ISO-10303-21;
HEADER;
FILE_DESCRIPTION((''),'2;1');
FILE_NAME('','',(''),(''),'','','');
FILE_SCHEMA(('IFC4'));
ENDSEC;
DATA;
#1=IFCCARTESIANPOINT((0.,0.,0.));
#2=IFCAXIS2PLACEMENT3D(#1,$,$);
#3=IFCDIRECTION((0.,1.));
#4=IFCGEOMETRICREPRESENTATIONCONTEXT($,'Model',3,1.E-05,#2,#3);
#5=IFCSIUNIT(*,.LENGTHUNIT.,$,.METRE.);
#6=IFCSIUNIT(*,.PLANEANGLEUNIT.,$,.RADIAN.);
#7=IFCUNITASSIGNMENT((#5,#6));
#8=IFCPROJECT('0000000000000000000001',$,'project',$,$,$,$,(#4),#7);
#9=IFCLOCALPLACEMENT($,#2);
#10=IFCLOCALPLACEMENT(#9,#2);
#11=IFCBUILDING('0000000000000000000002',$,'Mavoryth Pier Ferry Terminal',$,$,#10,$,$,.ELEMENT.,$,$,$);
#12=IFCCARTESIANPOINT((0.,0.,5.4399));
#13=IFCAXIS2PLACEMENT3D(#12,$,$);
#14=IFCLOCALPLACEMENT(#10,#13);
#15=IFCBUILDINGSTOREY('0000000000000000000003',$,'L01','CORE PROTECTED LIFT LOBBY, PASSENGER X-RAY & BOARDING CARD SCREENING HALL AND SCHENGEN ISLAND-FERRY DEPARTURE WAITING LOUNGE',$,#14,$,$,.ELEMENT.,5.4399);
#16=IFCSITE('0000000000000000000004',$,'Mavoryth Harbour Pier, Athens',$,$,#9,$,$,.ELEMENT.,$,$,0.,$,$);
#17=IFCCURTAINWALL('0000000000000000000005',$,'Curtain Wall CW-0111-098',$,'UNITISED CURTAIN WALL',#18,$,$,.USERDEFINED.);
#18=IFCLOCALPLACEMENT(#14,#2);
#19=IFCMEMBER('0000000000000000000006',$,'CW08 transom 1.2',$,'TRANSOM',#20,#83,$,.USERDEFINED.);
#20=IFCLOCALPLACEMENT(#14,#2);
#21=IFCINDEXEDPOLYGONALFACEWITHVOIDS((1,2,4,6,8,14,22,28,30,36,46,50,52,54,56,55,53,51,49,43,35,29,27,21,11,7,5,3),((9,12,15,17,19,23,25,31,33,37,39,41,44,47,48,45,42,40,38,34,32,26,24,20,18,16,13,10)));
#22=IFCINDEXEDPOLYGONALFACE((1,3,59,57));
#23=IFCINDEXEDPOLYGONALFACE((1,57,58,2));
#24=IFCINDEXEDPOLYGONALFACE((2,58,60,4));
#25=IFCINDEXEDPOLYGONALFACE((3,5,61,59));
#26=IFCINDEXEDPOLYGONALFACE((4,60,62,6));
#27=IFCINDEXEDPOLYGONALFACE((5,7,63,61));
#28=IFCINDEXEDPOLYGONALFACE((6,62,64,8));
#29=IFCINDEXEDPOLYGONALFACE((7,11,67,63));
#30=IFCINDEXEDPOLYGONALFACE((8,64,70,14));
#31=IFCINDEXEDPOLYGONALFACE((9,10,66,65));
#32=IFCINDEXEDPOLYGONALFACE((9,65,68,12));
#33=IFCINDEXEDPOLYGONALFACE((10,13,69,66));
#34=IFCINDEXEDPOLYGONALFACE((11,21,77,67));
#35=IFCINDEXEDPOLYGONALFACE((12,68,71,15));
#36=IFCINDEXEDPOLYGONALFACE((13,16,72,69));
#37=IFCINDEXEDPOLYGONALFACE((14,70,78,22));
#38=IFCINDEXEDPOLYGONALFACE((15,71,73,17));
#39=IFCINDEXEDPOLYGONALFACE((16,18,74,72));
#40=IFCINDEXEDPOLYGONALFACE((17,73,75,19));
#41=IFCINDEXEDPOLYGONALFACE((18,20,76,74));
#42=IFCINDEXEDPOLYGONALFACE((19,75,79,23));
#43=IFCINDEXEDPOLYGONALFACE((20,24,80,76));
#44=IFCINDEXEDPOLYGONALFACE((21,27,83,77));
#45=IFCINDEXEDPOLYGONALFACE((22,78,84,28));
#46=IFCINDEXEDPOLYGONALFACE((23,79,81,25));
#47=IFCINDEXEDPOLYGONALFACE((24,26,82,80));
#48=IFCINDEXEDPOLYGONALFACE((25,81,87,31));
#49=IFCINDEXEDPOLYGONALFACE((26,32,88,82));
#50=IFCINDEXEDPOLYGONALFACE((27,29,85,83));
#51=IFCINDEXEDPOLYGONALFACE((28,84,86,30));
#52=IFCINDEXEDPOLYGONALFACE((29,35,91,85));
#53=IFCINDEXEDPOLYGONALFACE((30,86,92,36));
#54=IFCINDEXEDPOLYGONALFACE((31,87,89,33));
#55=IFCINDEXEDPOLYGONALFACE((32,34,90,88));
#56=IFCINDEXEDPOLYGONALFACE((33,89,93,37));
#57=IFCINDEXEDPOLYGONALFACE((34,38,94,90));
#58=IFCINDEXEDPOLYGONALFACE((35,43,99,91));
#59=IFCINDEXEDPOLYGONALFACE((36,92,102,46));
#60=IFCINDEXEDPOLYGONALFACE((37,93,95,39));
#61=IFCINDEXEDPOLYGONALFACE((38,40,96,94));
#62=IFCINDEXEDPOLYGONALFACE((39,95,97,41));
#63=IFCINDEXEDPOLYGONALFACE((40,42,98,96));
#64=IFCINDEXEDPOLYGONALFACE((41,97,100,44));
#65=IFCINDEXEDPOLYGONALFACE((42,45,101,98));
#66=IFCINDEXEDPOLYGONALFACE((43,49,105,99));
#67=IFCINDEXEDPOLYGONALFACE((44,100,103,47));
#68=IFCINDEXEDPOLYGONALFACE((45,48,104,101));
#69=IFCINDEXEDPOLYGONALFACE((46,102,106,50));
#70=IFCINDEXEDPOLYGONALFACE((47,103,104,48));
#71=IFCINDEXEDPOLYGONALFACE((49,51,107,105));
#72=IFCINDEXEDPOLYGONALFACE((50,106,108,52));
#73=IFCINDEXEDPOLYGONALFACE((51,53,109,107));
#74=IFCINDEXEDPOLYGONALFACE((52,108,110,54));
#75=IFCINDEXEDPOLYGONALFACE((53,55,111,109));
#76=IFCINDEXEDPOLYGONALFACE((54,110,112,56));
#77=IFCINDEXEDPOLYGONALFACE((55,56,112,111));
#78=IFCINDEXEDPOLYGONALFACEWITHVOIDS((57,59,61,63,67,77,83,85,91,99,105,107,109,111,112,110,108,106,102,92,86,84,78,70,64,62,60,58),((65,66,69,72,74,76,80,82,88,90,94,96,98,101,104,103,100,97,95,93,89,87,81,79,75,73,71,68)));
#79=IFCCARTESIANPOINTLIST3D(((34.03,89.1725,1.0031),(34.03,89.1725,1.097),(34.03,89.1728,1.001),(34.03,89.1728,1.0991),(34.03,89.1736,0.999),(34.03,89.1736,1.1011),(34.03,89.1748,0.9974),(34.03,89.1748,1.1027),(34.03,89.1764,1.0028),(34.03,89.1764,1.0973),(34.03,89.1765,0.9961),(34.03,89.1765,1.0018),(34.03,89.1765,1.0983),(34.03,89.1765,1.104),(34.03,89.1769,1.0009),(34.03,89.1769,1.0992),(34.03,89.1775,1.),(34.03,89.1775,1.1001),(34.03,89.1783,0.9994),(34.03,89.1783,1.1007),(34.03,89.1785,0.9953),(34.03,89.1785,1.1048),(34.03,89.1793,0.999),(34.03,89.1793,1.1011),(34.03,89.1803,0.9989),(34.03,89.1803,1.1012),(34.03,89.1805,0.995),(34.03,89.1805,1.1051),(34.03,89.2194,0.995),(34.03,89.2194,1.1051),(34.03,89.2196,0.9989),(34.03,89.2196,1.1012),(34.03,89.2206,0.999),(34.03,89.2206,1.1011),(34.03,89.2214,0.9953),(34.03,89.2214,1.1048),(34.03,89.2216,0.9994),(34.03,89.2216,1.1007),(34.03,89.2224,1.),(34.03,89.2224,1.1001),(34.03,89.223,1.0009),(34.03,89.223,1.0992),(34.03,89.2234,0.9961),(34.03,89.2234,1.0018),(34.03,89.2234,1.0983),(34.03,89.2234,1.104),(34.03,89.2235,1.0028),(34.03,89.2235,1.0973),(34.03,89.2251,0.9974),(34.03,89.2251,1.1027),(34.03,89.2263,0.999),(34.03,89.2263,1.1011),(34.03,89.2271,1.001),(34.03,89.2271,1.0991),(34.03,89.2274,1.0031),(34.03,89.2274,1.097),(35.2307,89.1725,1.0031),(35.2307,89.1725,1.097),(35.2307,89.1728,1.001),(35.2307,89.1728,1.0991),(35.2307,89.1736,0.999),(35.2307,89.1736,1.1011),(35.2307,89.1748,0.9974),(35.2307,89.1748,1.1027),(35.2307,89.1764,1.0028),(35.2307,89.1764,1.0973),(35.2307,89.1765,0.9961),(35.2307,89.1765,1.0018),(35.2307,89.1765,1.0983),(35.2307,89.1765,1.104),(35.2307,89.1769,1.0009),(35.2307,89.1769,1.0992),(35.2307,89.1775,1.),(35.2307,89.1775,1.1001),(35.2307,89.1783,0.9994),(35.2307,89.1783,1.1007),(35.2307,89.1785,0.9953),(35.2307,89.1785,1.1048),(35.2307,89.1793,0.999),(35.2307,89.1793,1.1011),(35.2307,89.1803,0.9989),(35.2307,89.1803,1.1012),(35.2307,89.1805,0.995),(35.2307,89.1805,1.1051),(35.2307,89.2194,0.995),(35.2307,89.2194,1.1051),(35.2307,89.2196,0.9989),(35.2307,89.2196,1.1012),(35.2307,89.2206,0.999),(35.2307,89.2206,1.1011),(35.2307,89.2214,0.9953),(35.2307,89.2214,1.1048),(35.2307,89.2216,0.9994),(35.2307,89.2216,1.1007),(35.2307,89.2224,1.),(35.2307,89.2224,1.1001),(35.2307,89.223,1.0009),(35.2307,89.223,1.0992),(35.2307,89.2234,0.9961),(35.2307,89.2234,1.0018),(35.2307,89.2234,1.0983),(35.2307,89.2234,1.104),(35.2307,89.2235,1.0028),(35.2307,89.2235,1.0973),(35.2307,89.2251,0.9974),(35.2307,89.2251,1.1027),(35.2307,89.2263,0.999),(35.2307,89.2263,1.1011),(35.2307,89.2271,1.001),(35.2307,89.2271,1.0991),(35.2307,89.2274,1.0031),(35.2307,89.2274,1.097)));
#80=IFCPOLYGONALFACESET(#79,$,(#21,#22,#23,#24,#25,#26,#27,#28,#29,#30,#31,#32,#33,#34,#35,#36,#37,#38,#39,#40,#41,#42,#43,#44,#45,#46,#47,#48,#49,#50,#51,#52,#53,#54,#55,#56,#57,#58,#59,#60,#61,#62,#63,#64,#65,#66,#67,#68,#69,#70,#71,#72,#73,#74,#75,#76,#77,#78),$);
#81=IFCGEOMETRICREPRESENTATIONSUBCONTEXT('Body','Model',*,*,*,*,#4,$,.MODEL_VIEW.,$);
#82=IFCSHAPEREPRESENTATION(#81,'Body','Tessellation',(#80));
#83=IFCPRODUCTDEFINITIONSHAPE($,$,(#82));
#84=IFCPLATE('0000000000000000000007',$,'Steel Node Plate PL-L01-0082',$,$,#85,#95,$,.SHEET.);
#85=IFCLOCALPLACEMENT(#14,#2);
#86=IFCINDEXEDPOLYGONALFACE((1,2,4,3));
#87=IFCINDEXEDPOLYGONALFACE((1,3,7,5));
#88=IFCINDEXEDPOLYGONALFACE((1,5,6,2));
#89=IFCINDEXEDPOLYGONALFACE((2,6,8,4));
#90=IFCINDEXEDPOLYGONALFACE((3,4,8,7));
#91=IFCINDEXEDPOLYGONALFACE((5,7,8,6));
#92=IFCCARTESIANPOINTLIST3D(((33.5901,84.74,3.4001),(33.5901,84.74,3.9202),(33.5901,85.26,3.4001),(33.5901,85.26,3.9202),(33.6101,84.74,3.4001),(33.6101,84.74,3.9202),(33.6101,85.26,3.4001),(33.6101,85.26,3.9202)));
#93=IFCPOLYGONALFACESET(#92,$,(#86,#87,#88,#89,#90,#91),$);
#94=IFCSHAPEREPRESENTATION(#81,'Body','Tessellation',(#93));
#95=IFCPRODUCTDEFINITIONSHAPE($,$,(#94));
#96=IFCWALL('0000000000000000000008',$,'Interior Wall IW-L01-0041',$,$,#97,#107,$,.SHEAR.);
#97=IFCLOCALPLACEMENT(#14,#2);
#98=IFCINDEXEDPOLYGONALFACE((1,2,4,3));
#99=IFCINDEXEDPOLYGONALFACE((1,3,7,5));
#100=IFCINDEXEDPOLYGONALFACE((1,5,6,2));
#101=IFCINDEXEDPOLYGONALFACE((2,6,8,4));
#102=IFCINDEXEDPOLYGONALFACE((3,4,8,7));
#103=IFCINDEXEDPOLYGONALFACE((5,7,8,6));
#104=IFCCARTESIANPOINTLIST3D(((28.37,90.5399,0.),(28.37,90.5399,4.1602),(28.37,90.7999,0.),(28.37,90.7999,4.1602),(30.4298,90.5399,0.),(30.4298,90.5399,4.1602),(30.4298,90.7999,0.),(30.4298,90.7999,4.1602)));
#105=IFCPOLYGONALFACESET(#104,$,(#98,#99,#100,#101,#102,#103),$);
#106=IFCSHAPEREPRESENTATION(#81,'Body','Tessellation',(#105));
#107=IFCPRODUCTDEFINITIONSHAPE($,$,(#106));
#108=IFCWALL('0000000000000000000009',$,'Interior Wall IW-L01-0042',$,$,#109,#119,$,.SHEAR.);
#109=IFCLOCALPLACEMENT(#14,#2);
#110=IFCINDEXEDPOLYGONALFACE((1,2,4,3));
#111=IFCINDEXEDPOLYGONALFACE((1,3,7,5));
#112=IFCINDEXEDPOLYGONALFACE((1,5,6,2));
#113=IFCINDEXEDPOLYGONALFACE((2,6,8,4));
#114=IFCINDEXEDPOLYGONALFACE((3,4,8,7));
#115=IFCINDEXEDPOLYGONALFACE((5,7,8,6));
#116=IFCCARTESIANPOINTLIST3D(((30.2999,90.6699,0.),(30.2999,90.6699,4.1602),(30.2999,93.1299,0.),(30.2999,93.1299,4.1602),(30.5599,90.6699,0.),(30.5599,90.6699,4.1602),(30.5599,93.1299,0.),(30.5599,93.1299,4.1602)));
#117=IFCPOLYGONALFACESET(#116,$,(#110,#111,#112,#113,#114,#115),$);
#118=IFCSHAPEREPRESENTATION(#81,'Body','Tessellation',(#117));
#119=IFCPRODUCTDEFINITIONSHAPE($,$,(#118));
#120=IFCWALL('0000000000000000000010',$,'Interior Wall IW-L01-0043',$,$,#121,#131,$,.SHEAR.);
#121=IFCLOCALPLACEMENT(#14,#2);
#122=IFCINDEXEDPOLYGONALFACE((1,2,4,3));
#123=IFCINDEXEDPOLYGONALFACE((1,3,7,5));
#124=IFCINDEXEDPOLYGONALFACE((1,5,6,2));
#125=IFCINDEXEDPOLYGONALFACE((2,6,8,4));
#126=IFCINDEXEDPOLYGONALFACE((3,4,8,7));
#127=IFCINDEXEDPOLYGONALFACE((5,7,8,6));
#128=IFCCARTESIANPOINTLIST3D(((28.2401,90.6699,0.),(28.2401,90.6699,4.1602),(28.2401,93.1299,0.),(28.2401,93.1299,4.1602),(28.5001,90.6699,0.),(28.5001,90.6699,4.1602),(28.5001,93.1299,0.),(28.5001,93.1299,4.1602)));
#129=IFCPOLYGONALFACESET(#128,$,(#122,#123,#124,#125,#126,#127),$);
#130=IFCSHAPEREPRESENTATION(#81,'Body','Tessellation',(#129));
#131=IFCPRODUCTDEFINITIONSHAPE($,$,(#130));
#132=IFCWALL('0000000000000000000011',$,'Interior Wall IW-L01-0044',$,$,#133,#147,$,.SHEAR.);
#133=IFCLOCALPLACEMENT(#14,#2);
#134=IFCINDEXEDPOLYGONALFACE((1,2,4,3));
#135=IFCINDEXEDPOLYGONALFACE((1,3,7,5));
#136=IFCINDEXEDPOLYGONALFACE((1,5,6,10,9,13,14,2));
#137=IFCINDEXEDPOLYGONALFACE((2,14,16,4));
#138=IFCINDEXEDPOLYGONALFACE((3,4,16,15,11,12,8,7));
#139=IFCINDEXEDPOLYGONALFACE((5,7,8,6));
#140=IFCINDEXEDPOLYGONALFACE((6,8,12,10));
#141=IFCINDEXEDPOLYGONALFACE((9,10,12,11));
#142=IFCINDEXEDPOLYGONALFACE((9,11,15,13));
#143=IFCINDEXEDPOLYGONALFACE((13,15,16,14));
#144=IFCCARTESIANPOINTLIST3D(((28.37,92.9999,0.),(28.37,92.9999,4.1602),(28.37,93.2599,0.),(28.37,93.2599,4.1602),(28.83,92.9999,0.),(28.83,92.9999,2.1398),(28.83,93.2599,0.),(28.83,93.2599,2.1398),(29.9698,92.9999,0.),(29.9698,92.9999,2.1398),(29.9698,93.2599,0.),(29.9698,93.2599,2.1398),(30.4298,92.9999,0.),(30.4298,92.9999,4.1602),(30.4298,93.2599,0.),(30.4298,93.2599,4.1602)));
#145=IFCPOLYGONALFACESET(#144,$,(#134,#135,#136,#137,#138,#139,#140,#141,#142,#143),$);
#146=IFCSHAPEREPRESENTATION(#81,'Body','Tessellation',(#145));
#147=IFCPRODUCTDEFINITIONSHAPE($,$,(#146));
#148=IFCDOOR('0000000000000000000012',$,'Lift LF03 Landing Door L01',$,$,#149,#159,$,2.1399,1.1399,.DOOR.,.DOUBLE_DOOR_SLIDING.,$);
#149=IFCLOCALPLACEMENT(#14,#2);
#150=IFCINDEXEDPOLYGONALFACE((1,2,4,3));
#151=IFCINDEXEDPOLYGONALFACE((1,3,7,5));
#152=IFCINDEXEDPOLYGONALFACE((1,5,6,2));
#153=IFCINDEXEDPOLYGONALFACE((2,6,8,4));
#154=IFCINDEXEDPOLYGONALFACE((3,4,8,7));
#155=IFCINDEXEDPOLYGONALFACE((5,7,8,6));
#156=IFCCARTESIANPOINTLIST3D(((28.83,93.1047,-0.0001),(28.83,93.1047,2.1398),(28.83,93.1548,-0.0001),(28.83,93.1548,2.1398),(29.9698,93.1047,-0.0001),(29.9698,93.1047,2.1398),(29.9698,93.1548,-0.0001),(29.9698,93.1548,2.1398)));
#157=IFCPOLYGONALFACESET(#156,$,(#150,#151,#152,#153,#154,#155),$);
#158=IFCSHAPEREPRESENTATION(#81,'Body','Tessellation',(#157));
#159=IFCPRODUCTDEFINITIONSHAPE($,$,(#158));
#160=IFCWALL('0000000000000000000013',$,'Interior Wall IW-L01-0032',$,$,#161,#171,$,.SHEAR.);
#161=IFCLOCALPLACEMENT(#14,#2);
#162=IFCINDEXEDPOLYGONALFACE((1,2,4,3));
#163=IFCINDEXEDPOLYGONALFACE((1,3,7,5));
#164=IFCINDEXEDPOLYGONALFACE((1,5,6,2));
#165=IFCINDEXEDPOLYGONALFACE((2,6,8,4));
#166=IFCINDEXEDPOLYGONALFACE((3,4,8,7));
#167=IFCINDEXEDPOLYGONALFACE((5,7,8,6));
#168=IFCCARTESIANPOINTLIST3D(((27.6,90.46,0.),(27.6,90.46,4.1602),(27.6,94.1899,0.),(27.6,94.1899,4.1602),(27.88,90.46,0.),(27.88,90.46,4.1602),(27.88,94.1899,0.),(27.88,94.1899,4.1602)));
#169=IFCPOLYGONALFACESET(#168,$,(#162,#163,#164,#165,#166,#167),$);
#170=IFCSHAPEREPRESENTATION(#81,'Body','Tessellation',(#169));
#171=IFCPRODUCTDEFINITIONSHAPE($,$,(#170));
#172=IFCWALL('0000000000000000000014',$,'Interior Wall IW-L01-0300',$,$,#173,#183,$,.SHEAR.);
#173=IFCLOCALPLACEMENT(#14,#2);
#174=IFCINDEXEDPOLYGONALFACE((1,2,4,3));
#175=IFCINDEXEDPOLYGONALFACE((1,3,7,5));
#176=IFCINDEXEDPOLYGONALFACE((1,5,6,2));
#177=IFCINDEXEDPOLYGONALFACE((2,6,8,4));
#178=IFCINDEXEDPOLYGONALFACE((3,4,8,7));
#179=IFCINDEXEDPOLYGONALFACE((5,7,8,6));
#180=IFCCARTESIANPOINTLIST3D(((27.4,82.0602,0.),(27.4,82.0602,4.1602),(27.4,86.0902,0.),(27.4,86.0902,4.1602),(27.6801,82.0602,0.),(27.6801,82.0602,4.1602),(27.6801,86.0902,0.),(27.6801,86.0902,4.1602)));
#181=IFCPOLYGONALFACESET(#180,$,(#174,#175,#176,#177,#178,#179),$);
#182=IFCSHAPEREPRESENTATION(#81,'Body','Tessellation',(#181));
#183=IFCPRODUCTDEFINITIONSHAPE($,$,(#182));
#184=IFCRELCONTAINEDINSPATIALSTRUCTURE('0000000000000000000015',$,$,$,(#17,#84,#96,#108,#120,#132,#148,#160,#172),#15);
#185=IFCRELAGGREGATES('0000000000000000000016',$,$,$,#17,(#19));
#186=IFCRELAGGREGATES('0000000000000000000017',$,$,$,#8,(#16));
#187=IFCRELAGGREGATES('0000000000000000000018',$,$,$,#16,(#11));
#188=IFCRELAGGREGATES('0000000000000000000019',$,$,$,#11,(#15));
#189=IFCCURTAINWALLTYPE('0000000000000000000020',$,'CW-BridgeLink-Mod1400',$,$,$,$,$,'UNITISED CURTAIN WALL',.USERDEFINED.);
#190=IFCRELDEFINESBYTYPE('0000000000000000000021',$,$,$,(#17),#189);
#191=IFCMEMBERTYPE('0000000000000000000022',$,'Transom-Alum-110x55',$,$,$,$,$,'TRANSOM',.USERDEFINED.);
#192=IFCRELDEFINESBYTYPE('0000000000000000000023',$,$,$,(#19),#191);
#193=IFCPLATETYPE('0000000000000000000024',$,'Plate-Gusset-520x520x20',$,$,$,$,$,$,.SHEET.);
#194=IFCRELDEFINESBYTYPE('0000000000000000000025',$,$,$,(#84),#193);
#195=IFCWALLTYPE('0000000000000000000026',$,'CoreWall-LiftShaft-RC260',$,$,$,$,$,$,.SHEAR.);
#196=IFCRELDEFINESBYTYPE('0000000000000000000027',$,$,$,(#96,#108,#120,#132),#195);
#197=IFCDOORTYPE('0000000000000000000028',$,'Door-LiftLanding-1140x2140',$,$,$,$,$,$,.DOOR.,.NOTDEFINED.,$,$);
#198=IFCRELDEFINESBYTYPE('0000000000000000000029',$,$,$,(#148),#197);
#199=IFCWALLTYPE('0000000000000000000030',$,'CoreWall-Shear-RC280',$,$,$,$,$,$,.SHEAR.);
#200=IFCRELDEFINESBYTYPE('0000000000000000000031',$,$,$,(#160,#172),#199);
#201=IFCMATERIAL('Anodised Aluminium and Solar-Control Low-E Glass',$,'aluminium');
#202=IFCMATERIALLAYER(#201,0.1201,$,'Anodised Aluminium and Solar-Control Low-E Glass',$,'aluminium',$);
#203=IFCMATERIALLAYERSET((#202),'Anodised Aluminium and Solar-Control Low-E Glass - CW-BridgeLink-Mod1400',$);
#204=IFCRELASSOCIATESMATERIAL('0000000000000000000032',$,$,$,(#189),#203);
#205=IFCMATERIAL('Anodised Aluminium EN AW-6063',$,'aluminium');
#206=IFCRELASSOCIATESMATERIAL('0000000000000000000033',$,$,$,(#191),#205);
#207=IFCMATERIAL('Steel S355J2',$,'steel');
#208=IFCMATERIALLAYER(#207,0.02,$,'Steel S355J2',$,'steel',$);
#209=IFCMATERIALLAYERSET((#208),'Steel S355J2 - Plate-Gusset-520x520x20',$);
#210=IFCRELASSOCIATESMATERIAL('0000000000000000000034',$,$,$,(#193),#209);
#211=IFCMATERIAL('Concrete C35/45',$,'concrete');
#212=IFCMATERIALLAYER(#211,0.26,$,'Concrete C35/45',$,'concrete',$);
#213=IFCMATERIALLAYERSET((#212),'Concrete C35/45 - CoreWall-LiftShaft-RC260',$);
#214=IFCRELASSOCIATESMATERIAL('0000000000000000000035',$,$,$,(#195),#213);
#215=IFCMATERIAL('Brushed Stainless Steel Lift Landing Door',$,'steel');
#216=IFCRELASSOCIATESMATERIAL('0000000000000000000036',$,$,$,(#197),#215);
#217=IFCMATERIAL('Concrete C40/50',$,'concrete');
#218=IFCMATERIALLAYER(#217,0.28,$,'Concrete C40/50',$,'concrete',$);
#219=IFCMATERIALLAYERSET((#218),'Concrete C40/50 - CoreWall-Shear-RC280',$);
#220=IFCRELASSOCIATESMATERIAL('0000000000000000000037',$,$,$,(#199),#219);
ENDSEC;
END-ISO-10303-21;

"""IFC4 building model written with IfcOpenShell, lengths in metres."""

from ifc_helpers import new_model, si_unit, direction, frame, frame_2d, origin, origin_2d, place, context, subcontext, project, spatial, rectangle, hollow_rectangle, extrude, material, layer, layer_set, material_profile, profile_set, type_object, element, fill, aggregate, save


model = new_model("IFC4")

# Units and contexts
model_context = context("Model", 3, precision=1e-05, world=origin(), true_north=direction((0.0, 1.0)))
body_context = subcontext(model_context, "Body", "Model", "MODEL_VIEW")
ifc_project = project(units=[si_unit("LENGTHUNIT", "METRE"), si_unit("PLANEANGLEUNIT", "RADIAN")], contexts=[model_context])

# Site, building, storey
site_placement = place(None, origin())
site = spatial("IfcSite", under=ifc_project, at=site_placement, Name="Mavoryth Harbour Pier, Athens", CompositionType="ELEMENT", RefElevation=0.0)
building_placement = place(site_placement, origin())
building = spatial("IfcBuilding", under=site, at=building_placement, Name="Mavoryth Pier Ferry Terminal", CompositionType="ELEMENT")
storey_placement = place(building_placement, frame((0.0, 0.0, 5.4399)))
storey = spatial("IfcBuildingStorey", under=building, at=storey_placement, Name="L01", Description="CORE PROTECTED LIFT LOBBY, PASSENGER X-RAY & BOARDING CARD SCREENING HALL AND SCHENGEN ISLAND-FERRY DEPARTURE WAITING LOUNGE", CompositionType="ELEMENT", Elevation=5.4399)

# Shared definitions
ifc_material_1 = material(Name="Concrete C40/50", Category="concrete")

# Shared definitions
ifc_material_2 = material(Name="Steel S355J2", Category="steel")

# Curtain wall
ifc_material_3 = material(Name="Anodised Aluminium and Solar-Control Low-E Glass", Category="aluminium")
ifc_layer_1 = layer(ifc_material_3, 0.1201, Name="Anodised Aluminium and Solar-Control Low-E Glass", Category="aluminium")
ifc_layer_set_1 = layer_set([ifc_layer_1], Name="Anodised Aluminium and Solar-Control Low-E Glass - CW-BridgeLink-Mod1400")
curtain_wall_type = type_object("IfcCurtainWallType", Name="CW-BridgeLink-Mod1400", ElementType="UNITISED CURTAIN WALL", PredefinedType="USERDEFINED", material=ifc_layer_set_1)
curtain_wall_placement = place(storey_placement, origin())
curtain_wall = element("IfcCurtainWall", 1, at=curtain_wall_placement, inside=storey, type_object=curtain_wall_type, Name="Curtain Wall CW-0111-098", ObjectType="UNITISED CURTAIN WALL", PredefinedType="USERDEFINED")
ifc_material_4 = material(Name="Anodised Aluminium EN AW-6063", Category="aluminium")

# Member
ifc_material_profile_1 = material_profile(ifc_material_4, hollow_rectangle(XDim=0.0549, YDim=0.1101, WallThickness=0.0039, InnerFilletRadius=0.0039, OuterFilletRadius=0.0081, at=origin_2d()), Name="AL-TRAN 110x55x4", Category="aluminium")
ifc_profile_set_1 = profile_set([ifc_material_profile_1], Name="Anodised Aluminium EN AW-6063 - AL-TRAN 110x55x4")
member_type_1 = type_object("IfcMemberType", Name="Transom-Alum-110x55", ElementType="TRANSOM", PredefinedType="USERDEFINED", material=ifc_profile_set_1)
member_1_placement = place(storey_placement, frame((34.03, 89.2, 1.05), z_axis=(1.0, 0.0, 0.0), x_axis=(0.0, 1.0, 0.0)))
member_1 = element("IfcMember", 2, at=member_1_placement, type_object=member_type_1, Name="CW08 transom 1.2", ObjectType="TRANSOM", PredefinedType="USERDEFINED", context=body_context, shape_type="SweptSolid", body=[
    extrude(hollow_rectangle(XDim=0.0549, YDim=0.1101, WallThickness=0.0039, InnerFilletRadius=0.0039, OuterFilletRadius=0.0081, at=origin_2d()), origin(), (0.0, 0.0, 1.0), 1.2007),
])
aggregate(curtain_wall, [member_1])

# Plate
ifc_layer_2 = layer(ifc_material_2, 0.02, Name="Steel S355J2", Category="steel")
ifc_layer_set_2 = layer_set([ifc_layer_2], Name="Steel S355J2 - Plate-Gusset-520x520x20")
plate_type = type_object("IfcPlateType", Name="Plate-Gusset-520x520x20", PredefinedType="SHEET", material=ifc_layer_set_2)
plate_placement = place(storey_placement, frame((33.6001, 85.0, 3.4001), z_axis=(0.0, 0.0, 1.0), x_axis=(0.0, 1.0, 0.0)))
element("IfcPlate", 3, at=plate_placement, inside=storey, type_object=plate_type, Name="Steel Node Plate PL-L01-0082", PredefinedType="SHEET", context=body_context, shape_type="SweptSolid", body=[
    extrude(rectangle(XDim=0.52, YDim=0.02, at=origin_2d()), origin(), (0.0, 0.0, 1.0), 0.52),
])

# Walls
ifc_material_5 = material(Name="Concrete C35/45", Category="concrete")
ifc_layer_3 = layer(ifc_material_5, 0.26, Name="Concrete C35/45", Category="concrete")
ifc_layer_set_3 = layer_set([ifc_layer_3], Name="Concrete C35/45 - CoreWall-LiftShaft-RC260")
wall_type_1 = type_object("IfcWallType", Name="CoreWall-LiftShaft-RC260", PredefinedType="SHEAR", material=ifc_layer_set_3)
wall_1_placement = place(storey_placement, frame((28.3701, 90.6699, 0.0), z_axis=(0.0, 0.0, 1.0), x_axis=(1.0, 0.0, 0.0)))
element("IfcWall", 4, at=wall_1_placement, inside=storey, type_object=wall_type_1, Name="Interior Wall IW-L01-0041", PredefinedType="SHEAR", context=body_context, shape_type="SweptSolid", body=[
    extrude(rectangle(XDim=2.0598, YDim=0.26, at=frame_2d((1.0298, 0.0))), origin(), (0.0, 0.0, 1.0), 4.1602),
])
for number, where, z_axis, x_axis, name in (
    (5, (30.4299, 90.6699, 0.0), (0.0, 0.0, 1.0), (0.0, 1.0, 0.0), "Interior Wall IW-L01-0042"),
    (6, (28.3701, 93.1299, 0.0), (0.0, 0.0, 1.0), (0.0, -1.0, 0.0), "Interior Wall IW-L01-0043"),
):
    element("IfcWall", number, at=place(storey_placement, frame(where, z_axis=z_axis, x_axis=x_axis)), inside=storey, type_object=wall_type_1, Name=name, PredefinedType="SHEAR", context=body_context, shape_type="SweptSolid", body=[
        extrude(rectangle(XDim=2.46, YDim=0.26, at=frame_2d((1.23, 0.0))), origin(), (0.0, 0.0, 1.0), 4.1602),
    ])

# Wall, opening, door
wall_2_placement = place(storey_placement, frame((28.3701, 93.1299, 0.0), z_axis=(0.0, 0.0, 1.0), x_axis=(1.0, 0.0, 0.0)))
wall_2 = element("IfcWall", 7, at=wall_2_placement, inside=storey, type_object=wall_type_1, Name="Interior Wall IW-L01-0044", PredefinedType="SHEAR", context=body_context, shape_type="SweptSolid", body=[
    extrude(rectangle(XDim=2.0598, YDim=0.26, at=frame_2d((1.0298, 0.0))), origin(), (0.0, 0.0, 1.0), 4.1602),
])
opening_1_placement = place(wall_2_placement, frame((0.46, 0.0, 0.0)))
opening_1 = element("IfcOpeningElement", 8, at=opening_1_placement, cuts=wall_2, PredefinedType="OPENING", context=body_context, shape_type="SweptSolid", body=[
    extrude(rectangle(XDim=1.1399, YDim=2.1399, at=frame_2d((0.5698, 1.0698))), frame((0.0, 0.1399, 0.0), z_axis=(0.0, -1.0, 0.0), x_axis=(1.0, 0.0, 0.0)), (0.0, 0.0, 1.0), 0.28),
])
ifc_material_6 = material(Name="Brushed Stainless Steel Lift Landing Door", Category="steel")
door_type_1 = type_object("IfcDoorType", Name="Door-LiftLanding-1140x2140", OperationType="NOTDEFINED", PredefinedType="DOOR", material=ifc_material_6)
door_1_placement = place(opening_1_placement, origin())
door_1 = element("IfcDoor", 9, at=door_1_placement, inside=storey, type_object=door_type_1, Name="Lift LF03 Landing Door L01", OperationType="DOUBLE_DOOR_SLIDING", OverallHeight=2.1399, OverallWidth=1.1399, PredefinedType="DOOR", context=body_context, shape_type="SweptSolid", body=[
    extrude(rectangle(XDim=1.1399, YDim=2.1399, at=frame_2d((0.5698, 1.0698))), frame((0.0, 0.0249, 0.0), z_axis=(0.0, -1.0, 0.0), x_axis=(1.0, 0.0, 0.0)), (0.0, 0.0, 1.0), 0.05),
])
fill(opening_1, door_1)

# Walls
ifc_layer_4 = layer(ifc_material_1, 0.28, Name="Concrete C40/50", Category="concrete")
ifc_layer_set_4 = layer_set([ifc_layer_4], Name="Concrete C40/50 - CoreWall-Shear-RC280")
wall_type_2 = type_object("IfcWallType", Name="CoreWall-Shear-RC280", PredefinedType="SHEAR", material=ifc_layer_set_4)
wall_3_placement = place(storey_placement, frame((27.74, 90.46, 0.0), z_axis=(0.0, 0.0, 1.0), x_axis=(0.0, 1.0, 0.0)))
element("IfcWall", 10, at=wall_3_placement, inside=storey, type_object=wall_type_2, Name="Interior Wall IW-L01-0032", PredefinedType="SHEAR", context=body_context, shape_type="SweptSolid", body=[
    extrude(rectangle(XDim=3.73, YDim=0.28, at=frame_2d((1.865, 0.0))), origin(), (0.0, 0.0, 1.0), 4.1602),
])
wall_4_placement = place(storey_placement, frame((27.54, 82.0601, 0.0), z_axis=(0.0, 0.0, 1.0), x_axis=(0.0, 1.0, 0.0)))
element("IfcWall", 11, at=wall_4_placement, inside=storey, type_object=wall_type_2, Name="Interior Wall IW-L01-0300", PredefinedType="SHEAR", context=body_context, shape_type="SweptSolid", body=[
    extrude(rectangle(XDim=4.03, YDim=0.28, at=frame_2d((2.0151, 0.0))), origin(), (0.0, 0.0, 1.0), 4.1602),
])

save(model, "model.ifc")
